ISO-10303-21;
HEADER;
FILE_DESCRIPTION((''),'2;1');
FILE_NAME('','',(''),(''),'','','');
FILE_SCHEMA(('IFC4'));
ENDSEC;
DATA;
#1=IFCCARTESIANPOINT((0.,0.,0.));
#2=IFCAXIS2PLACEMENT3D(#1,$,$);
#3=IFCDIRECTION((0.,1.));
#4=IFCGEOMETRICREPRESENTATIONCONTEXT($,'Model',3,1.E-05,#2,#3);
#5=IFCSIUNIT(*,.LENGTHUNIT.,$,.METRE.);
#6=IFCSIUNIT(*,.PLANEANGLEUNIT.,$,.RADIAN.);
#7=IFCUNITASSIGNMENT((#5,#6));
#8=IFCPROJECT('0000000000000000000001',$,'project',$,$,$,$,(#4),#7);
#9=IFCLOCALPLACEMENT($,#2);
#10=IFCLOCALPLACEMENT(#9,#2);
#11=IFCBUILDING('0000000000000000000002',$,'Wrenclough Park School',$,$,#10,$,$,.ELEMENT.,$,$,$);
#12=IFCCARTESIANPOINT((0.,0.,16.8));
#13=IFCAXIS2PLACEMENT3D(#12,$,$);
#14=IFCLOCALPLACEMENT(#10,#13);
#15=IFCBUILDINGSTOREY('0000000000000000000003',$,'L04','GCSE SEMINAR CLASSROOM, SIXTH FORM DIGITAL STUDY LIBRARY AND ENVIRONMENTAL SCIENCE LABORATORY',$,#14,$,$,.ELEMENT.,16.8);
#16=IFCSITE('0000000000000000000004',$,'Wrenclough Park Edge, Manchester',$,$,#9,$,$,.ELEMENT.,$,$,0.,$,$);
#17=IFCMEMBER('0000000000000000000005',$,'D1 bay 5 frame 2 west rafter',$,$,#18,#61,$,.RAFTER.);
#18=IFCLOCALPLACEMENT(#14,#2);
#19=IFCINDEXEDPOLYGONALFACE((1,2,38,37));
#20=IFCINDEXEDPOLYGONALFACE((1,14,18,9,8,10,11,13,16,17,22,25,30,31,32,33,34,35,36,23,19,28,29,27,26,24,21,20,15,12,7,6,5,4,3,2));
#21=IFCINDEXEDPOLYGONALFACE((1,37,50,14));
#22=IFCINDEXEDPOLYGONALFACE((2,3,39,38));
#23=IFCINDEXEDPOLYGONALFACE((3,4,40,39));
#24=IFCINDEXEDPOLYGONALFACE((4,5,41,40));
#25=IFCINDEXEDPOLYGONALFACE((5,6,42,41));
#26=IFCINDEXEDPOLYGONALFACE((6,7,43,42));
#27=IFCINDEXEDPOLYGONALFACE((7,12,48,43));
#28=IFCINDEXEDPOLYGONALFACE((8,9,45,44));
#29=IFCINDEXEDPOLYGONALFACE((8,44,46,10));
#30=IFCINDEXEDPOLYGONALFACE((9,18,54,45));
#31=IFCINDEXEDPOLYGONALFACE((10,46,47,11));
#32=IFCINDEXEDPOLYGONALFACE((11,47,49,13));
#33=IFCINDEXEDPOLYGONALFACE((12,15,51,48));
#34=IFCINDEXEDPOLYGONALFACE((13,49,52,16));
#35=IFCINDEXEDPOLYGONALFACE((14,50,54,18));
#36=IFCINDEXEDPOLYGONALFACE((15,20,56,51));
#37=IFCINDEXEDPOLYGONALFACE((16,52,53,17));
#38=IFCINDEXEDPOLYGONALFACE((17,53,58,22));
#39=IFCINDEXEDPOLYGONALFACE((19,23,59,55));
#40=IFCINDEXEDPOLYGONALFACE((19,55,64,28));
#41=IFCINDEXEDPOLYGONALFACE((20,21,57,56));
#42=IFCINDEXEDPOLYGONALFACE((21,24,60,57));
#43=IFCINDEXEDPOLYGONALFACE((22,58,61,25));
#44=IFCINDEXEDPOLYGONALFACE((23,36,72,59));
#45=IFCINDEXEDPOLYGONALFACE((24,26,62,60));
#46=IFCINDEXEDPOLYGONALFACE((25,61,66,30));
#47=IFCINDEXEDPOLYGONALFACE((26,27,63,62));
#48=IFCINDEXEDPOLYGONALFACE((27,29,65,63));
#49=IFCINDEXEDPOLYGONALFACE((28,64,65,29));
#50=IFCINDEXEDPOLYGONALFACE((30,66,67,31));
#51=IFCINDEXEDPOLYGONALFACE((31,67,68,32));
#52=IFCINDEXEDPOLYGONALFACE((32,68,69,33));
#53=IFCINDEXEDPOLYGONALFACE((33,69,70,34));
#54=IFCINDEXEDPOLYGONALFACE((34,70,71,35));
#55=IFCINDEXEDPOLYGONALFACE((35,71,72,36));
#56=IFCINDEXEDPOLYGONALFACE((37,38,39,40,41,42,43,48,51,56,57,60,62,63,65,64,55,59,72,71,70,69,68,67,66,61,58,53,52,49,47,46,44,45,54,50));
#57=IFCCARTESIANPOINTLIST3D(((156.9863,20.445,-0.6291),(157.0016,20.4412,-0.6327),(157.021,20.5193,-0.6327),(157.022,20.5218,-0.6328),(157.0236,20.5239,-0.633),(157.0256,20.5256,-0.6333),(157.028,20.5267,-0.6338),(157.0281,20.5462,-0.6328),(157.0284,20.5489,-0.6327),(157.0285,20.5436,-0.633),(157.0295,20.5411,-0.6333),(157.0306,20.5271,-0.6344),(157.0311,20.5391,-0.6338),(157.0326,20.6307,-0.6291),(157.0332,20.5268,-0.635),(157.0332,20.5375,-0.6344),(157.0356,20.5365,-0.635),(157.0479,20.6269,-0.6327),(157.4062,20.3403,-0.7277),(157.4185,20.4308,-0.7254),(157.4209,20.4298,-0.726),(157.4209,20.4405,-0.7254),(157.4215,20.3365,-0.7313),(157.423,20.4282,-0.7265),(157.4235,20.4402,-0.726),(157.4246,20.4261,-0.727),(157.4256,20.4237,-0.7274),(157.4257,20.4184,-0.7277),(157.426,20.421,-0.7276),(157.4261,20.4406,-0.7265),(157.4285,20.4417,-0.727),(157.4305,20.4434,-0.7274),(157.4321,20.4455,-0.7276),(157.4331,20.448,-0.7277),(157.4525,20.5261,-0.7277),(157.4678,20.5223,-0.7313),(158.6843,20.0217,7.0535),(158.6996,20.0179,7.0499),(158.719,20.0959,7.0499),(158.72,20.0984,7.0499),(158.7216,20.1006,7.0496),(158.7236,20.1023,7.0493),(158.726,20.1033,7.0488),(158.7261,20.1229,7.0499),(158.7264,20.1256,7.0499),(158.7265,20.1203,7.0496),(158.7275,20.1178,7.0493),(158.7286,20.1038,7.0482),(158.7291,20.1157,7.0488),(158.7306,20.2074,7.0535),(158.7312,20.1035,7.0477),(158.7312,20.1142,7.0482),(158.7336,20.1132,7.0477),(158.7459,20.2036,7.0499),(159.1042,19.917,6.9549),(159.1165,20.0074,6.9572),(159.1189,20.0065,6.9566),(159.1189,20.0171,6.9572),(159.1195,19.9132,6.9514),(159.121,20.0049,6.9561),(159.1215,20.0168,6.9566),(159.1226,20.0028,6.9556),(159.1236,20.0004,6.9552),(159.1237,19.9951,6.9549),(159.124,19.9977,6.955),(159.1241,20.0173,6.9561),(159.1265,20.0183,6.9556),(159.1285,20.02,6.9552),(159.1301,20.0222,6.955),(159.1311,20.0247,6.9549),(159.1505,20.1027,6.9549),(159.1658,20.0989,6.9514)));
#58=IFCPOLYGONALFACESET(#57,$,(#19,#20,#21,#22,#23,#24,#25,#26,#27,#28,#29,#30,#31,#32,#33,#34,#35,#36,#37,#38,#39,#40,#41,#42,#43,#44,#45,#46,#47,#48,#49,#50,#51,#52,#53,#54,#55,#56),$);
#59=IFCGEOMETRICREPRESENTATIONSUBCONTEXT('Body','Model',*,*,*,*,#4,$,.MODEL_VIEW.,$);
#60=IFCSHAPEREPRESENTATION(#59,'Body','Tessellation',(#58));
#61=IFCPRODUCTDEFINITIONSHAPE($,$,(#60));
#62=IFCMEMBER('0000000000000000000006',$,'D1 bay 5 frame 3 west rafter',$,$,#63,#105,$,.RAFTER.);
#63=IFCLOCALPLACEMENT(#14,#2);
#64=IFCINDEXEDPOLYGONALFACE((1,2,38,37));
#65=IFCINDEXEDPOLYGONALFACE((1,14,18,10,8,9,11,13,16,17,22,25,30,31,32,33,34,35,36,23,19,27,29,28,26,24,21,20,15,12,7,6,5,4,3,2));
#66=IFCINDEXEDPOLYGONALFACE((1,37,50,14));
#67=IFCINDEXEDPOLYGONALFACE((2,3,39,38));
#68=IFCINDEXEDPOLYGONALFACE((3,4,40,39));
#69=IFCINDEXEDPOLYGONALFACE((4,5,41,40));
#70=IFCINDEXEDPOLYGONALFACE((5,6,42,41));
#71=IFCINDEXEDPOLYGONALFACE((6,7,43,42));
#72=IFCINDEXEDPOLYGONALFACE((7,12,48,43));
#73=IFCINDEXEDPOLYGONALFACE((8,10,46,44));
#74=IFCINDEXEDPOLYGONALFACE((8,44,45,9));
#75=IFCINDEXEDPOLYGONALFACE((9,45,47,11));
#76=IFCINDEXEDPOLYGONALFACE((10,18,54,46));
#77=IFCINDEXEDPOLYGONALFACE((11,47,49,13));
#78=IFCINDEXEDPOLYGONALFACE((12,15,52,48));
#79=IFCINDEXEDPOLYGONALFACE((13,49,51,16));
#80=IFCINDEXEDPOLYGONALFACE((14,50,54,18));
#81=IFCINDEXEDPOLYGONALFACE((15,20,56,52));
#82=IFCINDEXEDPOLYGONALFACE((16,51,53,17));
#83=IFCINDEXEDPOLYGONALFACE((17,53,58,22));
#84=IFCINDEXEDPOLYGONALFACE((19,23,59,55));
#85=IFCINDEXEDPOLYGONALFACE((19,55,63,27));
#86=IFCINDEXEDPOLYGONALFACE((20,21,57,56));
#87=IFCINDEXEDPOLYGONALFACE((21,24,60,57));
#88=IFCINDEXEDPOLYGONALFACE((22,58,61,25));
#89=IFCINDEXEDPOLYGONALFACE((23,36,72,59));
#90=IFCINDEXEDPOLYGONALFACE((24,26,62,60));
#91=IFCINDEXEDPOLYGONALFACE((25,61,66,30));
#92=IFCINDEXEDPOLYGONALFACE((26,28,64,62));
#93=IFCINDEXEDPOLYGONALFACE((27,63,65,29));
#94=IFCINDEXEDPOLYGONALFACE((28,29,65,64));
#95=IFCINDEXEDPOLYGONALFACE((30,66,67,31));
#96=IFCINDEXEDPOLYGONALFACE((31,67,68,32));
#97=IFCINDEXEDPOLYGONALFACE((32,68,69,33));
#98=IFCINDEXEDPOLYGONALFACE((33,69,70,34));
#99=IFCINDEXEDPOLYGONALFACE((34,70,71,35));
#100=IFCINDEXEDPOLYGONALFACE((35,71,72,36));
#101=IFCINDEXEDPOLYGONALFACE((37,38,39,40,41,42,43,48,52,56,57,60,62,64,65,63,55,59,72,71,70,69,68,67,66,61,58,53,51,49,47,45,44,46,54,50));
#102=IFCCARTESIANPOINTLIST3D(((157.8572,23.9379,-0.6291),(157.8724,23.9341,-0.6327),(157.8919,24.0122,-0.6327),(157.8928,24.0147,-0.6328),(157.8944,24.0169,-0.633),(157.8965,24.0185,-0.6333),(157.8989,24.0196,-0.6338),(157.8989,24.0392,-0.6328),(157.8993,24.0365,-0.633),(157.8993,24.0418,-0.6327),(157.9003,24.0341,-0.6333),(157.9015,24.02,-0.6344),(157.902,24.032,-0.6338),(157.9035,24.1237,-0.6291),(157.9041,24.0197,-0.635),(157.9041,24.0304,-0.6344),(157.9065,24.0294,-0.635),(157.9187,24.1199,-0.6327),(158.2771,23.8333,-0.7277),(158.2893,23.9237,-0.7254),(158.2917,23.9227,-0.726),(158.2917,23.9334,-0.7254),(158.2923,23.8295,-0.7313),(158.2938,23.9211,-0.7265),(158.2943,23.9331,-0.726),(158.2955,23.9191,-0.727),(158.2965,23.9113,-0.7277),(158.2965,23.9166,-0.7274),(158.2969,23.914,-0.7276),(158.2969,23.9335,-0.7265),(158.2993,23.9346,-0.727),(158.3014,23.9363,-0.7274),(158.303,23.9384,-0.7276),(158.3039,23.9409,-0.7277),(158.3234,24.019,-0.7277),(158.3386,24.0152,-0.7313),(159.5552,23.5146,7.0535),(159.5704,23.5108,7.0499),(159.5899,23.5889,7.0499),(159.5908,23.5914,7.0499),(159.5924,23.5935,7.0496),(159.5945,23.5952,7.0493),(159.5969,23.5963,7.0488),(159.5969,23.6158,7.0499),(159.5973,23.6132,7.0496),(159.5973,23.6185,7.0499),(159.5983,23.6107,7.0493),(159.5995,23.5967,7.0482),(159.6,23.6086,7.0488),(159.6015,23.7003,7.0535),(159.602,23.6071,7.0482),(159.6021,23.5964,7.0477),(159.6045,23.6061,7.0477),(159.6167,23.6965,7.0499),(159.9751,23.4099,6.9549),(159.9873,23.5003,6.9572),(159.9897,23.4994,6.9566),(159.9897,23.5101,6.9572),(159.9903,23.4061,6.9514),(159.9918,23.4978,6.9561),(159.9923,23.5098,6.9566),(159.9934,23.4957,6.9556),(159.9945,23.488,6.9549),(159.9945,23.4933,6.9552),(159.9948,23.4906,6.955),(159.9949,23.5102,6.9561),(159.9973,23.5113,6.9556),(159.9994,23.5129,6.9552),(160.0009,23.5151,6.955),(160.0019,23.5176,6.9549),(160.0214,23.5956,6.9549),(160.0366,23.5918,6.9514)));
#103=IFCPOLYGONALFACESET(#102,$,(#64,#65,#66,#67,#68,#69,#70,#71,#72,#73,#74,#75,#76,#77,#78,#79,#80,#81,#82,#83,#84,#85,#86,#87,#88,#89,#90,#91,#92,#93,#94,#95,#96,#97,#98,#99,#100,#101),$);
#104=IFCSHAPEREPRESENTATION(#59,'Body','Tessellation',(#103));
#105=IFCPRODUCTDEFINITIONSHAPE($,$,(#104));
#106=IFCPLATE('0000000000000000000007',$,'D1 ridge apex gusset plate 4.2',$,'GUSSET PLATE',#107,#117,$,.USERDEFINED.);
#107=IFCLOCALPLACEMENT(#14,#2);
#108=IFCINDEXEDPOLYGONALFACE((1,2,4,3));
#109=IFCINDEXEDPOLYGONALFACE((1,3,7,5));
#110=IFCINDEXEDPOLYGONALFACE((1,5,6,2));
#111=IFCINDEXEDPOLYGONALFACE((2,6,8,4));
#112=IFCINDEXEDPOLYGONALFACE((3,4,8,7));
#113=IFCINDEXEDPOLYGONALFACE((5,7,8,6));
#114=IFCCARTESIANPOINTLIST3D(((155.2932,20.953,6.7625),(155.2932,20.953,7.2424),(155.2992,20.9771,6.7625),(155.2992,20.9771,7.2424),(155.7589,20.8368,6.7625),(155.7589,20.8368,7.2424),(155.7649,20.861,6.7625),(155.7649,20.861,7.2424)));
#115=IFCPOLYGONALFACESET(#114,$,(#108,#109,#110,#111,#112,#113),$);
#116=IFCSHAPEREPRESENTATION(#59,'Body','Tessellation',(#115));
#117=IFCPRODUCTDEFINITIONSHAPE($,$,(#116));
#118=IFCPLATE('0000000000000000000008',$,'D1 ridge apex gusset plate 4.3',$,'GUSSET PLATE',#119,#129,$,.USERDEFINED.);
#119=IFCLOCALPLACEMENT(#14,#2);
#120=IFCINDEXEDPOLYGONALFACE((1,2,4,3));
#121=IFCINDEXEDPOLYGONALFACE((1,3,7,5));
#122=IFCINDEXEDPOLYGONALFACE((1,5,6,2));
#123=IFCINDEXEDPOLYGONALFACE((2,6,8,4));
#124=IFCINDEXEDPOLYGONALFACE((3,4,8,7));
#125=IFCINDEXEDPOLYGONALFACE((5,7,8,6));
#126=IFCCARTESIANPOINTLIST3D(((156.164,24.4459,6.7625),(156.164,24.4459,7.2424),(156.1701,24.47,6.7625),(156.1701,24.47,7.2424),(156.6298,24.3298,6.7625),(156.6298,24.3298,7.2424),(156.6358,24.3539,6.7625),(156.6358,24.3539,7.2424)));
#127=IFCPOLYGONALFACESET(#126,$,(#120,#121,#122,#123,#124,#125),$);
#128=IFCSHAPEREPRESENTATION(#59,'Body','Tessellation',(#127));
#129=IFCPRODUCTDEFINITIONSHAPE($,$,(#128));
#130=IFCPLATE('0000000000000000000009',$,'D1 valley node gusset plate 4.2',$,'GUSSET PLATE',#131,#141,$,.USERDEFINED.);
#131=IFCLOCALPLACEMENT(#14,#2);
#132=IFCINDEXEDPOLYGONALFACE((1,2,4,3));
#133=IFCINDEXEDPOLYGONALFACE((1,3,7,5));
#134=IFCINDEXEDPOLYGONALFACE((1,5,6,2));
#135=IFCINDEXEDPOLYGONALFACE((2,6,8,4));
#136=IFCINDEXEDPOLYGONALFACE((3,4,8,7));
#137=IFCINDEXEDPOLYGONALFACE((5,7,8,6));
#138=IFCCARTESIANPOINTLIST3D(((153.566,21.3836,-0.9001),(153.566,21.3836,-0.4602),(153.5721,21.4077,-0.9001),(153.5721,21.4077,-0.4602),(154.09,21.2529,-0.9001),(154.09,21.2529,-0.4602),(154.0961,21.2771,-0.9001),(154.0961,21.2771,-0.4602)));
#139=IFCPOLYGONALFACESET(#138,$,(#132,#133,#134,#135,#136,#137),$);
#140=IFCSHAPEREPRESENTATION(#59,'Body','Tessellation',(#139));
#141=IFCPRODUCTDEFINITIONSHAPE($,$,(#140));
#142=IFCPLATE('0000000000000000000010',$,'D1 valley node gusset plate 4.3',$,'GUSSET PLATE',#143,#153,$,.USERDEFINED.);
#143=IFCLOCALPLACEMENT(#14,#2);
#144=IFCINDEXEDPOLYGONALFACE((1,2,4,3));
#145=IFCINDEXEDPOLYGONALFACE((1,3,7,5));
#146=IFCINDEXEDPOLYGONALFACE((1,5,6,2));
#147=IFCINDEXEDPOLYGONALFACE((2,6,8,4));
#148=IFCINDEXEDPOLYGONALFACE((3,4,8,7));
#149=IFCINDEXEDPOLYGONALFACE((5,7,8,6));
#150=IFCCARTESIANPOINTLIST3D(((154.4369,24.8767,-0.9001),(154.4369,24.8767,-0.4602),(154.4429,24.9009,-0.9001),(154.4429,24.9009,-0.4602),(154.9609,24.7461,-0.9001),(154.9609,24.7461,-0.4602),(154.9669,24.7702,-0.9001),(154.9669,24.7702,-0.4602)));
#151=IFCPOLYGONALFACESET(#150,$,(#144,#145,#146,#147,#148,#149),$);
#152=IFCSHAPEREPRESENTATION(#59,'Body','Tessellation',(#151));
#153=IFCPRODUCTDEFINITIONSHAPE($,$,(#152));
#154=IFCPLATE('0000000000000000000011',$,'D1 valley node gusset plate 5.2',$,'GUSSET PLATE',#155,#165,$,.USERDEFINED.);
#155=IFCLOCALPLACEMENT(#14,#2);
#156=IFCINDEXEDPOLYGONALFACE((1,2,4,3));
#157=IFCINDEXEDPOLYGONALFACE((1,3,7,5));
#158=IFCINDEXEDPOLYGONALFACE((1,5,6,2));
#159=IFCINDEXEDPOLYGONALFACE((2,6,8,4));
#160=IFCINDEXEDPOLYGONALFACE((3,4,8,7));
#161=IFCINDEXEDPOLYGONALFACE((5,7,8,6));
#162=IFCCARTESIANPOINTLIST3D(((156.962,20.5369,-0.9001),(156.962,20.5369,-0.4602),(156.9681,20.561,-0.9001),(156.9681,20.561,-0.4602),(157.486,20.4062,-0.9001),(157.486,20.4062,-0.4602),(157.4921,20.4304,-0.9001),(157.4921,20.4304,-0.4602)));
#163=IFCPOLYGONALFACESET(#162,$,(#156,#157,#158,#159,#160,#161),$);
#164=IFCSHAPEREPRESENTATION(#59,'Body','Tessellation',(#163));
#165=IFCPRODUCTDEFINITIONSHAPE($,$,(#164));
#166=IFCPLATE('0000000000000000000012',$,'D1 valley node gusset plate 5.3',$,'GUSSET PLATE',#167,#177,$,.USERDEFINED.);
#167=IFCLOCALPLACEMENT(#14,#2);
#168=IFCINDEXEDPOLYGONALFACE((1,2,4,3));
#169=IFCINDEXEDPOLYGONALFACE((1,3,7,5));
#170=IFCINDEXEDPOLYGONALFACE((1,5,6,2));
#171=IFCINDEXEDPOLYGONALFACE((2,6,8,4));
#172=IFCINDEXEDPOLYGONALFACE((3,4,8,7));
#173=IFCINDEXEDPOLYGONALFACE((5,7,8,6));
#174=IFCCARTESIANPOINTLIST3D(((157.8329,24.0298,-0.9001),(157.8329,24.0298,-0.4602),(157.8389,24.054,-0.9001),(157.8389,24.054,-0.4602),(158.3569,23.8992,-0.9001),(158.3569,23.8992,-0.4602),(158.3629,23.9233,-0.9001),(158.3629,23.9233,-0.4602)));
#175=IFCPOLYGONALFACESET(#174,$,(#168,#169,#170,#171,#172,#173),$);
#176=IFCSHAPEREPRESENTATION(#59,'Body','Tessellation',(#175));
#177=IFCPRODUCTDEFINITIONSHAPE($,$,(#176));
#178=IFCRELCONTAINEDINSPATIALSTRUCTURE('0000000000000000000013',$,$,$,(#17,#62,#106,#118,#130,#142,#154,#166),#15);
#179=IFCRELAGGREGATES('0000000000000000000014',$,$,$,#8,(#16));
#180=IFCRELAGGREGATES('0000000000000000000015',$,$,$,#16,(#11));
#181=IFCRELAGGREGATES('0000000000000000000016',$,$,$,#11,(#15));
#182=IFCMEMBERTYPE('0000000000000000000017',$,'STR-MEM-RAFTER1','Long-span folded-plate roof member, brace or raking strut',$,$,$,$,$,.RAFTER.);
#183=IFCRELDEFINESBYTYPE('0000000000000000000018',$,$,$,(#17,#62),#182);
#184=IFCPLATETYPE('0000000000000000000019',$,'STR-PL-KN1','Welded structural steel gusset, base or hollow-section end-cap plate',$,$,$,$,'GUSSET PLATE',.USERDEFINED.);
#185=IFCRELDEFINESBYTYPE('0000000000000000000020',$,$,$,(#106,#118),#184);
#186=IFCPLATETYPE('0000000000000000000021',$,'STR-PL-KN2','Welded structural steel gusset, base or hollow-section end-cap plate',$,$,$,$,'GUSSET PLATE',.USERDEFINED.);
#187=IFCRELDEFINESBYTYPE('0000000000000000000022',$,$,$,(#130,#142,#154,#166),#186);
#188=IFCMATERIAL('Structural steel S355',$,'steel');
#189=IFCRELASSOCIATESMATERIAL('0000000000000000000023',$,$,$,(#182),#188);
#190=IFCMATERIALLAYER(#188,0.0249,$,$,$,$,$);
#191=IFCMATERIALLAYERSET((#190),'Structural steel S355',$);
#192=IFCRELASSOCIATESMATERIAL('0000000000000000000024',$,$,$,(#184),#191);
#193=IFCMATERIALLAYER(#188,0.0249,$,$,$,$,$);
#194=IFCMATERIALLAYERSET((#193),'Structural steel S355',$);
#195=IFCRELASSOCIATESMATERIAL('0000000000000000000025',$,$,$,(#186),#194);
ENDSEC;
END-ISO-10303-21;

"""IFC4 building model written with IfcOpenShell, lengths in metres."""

from ifc_helpers import new_model, si_unit, direction, frame, origin, origin_2d, place, context, subcontext, project, spatial, rectangle, i_section, extrude, material, layer, layer_set, material_profile, profile_set, type_object, element, save


model = new_model("IFC4")

# Units and contexts
model_context = context("Model", 3, precision=1e-05, world=origin(), true_north=direction((0.0, 1.0)))
body_context = subcontext(model_context, "Body", "Model", "MODEL_VIEW")
ifc_project = project(units=[si_unit("LENGTHUNIT", "METRE"), si_unit("PLANEANGLEUNIT", "RADIAN")], contexts=[model_context])

# Site, building, storey
site_placement = place(None, origin())
site = spatial("IfcSite", under=ifc_project, at=site_placement, Name="Wrenclough Park Edge, Manchester", CompositionType="ELEMENT", RefElevation=0.0)
building_placement = place(site_placement, origin())
building = spatial("IfcBuilding", under=site, at=building_placement, Name="Wrenclough Park School", CompositionType="ELEMENT")
storey_placement = place(building_placement, frame((0.0, 0.0, 16.8)))
storey = spatial("IfcBuildingStorey", under=building, at=storey_placement, Name="L04", Description="GCSE SEMINAR CLASSROOM, SIXTH FORM DIGITAL STUDY LIBRARY AND ENVIRONMENTAL SCIENCE LABORATORY", CompositionType="ELEMENT", Elevation=16.8)

# Members
ifc_material = material(Name="Structural steel S355", Category="steel")
ifc_material_profile_1 = material_profile(ifc_material, i_section(OverallWidth=0.1914, OverallDepth=0.46, WebThickness=0.01, FlangeThickness=0.0161, FilletRadius=0.0103, at=origin_2d()), Name="UKB 457x191x82")
ifc_profile_set_1 = profile_set([ifc_material_profile_1], Name="Structural steel S355")
member_type_1 = type_object("IfcMemberType", Name="STR-MEM-RAFTER1", Description="Long-span folded-plate roof member, brace or raking strut", PredefinedType="RAFTER", material=ifc_profile_set_1)
for number, where, z_axis, x_axis, name in (
    (1, (157.2271, 20.4836, -0.6802), (0.215498, -0.053727, 0.975025), (0.241912, 0.970298, 0.0), "D1 bay 5 frame 2 west rafter"),
    (2, (158.0979, 23.9766, -0.6802), (0.215498, -0.053727, 0.975025), (0.241912, 0.970298, 0.0), "D1 bay 5 frame 3 west rafter"),
):
    element("IfcMember", number, at=place(storey_placement, frame(where, z_axis=z_axis, x_axis=x_axis)), inside=storey, type_object=member_type_1, Name=name, PredefinedType="RAFTER", context=body_context, shape_type="SweptSolid", body=[
        extrude(i_section(OverallWidth=0.1914, OverallDepth=0.46, WebThickness=0.01, FlangeThickness=0.0161, FilletRadius=0.0103, at=origin_2d()), origin(), (0.0, 0.0, 1.0), 7.8794),
    ])

# Plates
ifc_layer_1 = layer(ifc_material, 0.0249)
ifc_layer_set_1 = layer_set([ifc_layer_1], Name="Structural steel S355")
plate_type_1 = type_object("IfcPlateType", Name="STR-PL-KN1", Description="Welded structural steel gusset, base or hollow-section end-cap plate", ElementType="GUSSET PLATE", PredefinedType="USERDEFINED", material=ifc_layer_set_1)
for number, where, z_axis, x_axis, name in (
    (3, (155.5291, 20.907, 6.7625), (0.0, 0.0, 1.0), (0.970296, -0.241922, 0.0), "D1 ridge apex gusset plate 4.2"),
    (4, (156.3999, 24.3999, 6.7625), (0.0, 0.0, 1.0), (0.970296, -0.241922, 0.0), "D1 ridge apex gusset plate 4.3"),
):
    element("IfcPlate", number, at=place(storey_placement, frame(where, z_axis=z_axis, x_axis=x_axis)), inside=storey, type_object=plate_type_1, Name=name, ObjectType="GUSSET PLATE", PredefinedType="USERDEFINED", context=body_context, shape_type="SweptSolid", body=[
        extrude(rectangle(XDim=0.48, YDim=0.0249, at=origin_2d()), origin(), (0.0, 0.0, 1.0), 0.48),
    ])
ifc_layer_2 = layer(ifc_material, 0.0249)
ifc_layer_set_2 = layer_set([ifc_layer_2], Name="Structural steel S355")
plate_type_2 = type_object("IfcPlateType", Name="STR-PL-KN2", Description="Welded structural steel gusset, base or hollow-section end-cap plate", ElementType="GUSSET PLATE", PredefinedType="USERDEFINED", material=ifc_layer_set_2)
for number, where, z_axis, x_axis, name in (
    (5, (153.8311, 21.3303, -0.9001), (0.0, 0.0, 1.0), (0.970296, -0.241922, 0.0), "D1 valley node gusset plate 4.2"),
    (6, (154.7019, 24.8235, -0.9001), (0.0, 0.0, 1.0), (0.970296, -0.241922, 0.0), "D1 valley node gusset plate 4.3"),
    (7, (157.2271, 20.4836, -0.9001), (0.0, 0.0, 1.0), (0.970296, -0.241922, 0.0), "D1 valley node gusset plate 5.2"),
    (8, (158.0979, 23.9766, -0.9001), (0.0, 0.0, 1.0), (0.970296, -0.241922, 0.0), "D1 valley node gusset plate 5.3"),
):
    element("IfcPlate", number, at=place(storey_placement, frame(where, z_axis=z_axis, x_axis=x_axis)), inside=storey, type_object=plate_type_2, Name=name, ObjectType="GUSSET PLATE", PredefinedType="USERDEFINED", context=body_context, shape_type="SweptSolid", body=[
        extrude(rectangle(XDim=0.54, YDim=0.0249, at=origin_2d()), origin(), (0.0, 0.0, 1.0), 0.4399),
    ])

save(model, "model.ifc")
